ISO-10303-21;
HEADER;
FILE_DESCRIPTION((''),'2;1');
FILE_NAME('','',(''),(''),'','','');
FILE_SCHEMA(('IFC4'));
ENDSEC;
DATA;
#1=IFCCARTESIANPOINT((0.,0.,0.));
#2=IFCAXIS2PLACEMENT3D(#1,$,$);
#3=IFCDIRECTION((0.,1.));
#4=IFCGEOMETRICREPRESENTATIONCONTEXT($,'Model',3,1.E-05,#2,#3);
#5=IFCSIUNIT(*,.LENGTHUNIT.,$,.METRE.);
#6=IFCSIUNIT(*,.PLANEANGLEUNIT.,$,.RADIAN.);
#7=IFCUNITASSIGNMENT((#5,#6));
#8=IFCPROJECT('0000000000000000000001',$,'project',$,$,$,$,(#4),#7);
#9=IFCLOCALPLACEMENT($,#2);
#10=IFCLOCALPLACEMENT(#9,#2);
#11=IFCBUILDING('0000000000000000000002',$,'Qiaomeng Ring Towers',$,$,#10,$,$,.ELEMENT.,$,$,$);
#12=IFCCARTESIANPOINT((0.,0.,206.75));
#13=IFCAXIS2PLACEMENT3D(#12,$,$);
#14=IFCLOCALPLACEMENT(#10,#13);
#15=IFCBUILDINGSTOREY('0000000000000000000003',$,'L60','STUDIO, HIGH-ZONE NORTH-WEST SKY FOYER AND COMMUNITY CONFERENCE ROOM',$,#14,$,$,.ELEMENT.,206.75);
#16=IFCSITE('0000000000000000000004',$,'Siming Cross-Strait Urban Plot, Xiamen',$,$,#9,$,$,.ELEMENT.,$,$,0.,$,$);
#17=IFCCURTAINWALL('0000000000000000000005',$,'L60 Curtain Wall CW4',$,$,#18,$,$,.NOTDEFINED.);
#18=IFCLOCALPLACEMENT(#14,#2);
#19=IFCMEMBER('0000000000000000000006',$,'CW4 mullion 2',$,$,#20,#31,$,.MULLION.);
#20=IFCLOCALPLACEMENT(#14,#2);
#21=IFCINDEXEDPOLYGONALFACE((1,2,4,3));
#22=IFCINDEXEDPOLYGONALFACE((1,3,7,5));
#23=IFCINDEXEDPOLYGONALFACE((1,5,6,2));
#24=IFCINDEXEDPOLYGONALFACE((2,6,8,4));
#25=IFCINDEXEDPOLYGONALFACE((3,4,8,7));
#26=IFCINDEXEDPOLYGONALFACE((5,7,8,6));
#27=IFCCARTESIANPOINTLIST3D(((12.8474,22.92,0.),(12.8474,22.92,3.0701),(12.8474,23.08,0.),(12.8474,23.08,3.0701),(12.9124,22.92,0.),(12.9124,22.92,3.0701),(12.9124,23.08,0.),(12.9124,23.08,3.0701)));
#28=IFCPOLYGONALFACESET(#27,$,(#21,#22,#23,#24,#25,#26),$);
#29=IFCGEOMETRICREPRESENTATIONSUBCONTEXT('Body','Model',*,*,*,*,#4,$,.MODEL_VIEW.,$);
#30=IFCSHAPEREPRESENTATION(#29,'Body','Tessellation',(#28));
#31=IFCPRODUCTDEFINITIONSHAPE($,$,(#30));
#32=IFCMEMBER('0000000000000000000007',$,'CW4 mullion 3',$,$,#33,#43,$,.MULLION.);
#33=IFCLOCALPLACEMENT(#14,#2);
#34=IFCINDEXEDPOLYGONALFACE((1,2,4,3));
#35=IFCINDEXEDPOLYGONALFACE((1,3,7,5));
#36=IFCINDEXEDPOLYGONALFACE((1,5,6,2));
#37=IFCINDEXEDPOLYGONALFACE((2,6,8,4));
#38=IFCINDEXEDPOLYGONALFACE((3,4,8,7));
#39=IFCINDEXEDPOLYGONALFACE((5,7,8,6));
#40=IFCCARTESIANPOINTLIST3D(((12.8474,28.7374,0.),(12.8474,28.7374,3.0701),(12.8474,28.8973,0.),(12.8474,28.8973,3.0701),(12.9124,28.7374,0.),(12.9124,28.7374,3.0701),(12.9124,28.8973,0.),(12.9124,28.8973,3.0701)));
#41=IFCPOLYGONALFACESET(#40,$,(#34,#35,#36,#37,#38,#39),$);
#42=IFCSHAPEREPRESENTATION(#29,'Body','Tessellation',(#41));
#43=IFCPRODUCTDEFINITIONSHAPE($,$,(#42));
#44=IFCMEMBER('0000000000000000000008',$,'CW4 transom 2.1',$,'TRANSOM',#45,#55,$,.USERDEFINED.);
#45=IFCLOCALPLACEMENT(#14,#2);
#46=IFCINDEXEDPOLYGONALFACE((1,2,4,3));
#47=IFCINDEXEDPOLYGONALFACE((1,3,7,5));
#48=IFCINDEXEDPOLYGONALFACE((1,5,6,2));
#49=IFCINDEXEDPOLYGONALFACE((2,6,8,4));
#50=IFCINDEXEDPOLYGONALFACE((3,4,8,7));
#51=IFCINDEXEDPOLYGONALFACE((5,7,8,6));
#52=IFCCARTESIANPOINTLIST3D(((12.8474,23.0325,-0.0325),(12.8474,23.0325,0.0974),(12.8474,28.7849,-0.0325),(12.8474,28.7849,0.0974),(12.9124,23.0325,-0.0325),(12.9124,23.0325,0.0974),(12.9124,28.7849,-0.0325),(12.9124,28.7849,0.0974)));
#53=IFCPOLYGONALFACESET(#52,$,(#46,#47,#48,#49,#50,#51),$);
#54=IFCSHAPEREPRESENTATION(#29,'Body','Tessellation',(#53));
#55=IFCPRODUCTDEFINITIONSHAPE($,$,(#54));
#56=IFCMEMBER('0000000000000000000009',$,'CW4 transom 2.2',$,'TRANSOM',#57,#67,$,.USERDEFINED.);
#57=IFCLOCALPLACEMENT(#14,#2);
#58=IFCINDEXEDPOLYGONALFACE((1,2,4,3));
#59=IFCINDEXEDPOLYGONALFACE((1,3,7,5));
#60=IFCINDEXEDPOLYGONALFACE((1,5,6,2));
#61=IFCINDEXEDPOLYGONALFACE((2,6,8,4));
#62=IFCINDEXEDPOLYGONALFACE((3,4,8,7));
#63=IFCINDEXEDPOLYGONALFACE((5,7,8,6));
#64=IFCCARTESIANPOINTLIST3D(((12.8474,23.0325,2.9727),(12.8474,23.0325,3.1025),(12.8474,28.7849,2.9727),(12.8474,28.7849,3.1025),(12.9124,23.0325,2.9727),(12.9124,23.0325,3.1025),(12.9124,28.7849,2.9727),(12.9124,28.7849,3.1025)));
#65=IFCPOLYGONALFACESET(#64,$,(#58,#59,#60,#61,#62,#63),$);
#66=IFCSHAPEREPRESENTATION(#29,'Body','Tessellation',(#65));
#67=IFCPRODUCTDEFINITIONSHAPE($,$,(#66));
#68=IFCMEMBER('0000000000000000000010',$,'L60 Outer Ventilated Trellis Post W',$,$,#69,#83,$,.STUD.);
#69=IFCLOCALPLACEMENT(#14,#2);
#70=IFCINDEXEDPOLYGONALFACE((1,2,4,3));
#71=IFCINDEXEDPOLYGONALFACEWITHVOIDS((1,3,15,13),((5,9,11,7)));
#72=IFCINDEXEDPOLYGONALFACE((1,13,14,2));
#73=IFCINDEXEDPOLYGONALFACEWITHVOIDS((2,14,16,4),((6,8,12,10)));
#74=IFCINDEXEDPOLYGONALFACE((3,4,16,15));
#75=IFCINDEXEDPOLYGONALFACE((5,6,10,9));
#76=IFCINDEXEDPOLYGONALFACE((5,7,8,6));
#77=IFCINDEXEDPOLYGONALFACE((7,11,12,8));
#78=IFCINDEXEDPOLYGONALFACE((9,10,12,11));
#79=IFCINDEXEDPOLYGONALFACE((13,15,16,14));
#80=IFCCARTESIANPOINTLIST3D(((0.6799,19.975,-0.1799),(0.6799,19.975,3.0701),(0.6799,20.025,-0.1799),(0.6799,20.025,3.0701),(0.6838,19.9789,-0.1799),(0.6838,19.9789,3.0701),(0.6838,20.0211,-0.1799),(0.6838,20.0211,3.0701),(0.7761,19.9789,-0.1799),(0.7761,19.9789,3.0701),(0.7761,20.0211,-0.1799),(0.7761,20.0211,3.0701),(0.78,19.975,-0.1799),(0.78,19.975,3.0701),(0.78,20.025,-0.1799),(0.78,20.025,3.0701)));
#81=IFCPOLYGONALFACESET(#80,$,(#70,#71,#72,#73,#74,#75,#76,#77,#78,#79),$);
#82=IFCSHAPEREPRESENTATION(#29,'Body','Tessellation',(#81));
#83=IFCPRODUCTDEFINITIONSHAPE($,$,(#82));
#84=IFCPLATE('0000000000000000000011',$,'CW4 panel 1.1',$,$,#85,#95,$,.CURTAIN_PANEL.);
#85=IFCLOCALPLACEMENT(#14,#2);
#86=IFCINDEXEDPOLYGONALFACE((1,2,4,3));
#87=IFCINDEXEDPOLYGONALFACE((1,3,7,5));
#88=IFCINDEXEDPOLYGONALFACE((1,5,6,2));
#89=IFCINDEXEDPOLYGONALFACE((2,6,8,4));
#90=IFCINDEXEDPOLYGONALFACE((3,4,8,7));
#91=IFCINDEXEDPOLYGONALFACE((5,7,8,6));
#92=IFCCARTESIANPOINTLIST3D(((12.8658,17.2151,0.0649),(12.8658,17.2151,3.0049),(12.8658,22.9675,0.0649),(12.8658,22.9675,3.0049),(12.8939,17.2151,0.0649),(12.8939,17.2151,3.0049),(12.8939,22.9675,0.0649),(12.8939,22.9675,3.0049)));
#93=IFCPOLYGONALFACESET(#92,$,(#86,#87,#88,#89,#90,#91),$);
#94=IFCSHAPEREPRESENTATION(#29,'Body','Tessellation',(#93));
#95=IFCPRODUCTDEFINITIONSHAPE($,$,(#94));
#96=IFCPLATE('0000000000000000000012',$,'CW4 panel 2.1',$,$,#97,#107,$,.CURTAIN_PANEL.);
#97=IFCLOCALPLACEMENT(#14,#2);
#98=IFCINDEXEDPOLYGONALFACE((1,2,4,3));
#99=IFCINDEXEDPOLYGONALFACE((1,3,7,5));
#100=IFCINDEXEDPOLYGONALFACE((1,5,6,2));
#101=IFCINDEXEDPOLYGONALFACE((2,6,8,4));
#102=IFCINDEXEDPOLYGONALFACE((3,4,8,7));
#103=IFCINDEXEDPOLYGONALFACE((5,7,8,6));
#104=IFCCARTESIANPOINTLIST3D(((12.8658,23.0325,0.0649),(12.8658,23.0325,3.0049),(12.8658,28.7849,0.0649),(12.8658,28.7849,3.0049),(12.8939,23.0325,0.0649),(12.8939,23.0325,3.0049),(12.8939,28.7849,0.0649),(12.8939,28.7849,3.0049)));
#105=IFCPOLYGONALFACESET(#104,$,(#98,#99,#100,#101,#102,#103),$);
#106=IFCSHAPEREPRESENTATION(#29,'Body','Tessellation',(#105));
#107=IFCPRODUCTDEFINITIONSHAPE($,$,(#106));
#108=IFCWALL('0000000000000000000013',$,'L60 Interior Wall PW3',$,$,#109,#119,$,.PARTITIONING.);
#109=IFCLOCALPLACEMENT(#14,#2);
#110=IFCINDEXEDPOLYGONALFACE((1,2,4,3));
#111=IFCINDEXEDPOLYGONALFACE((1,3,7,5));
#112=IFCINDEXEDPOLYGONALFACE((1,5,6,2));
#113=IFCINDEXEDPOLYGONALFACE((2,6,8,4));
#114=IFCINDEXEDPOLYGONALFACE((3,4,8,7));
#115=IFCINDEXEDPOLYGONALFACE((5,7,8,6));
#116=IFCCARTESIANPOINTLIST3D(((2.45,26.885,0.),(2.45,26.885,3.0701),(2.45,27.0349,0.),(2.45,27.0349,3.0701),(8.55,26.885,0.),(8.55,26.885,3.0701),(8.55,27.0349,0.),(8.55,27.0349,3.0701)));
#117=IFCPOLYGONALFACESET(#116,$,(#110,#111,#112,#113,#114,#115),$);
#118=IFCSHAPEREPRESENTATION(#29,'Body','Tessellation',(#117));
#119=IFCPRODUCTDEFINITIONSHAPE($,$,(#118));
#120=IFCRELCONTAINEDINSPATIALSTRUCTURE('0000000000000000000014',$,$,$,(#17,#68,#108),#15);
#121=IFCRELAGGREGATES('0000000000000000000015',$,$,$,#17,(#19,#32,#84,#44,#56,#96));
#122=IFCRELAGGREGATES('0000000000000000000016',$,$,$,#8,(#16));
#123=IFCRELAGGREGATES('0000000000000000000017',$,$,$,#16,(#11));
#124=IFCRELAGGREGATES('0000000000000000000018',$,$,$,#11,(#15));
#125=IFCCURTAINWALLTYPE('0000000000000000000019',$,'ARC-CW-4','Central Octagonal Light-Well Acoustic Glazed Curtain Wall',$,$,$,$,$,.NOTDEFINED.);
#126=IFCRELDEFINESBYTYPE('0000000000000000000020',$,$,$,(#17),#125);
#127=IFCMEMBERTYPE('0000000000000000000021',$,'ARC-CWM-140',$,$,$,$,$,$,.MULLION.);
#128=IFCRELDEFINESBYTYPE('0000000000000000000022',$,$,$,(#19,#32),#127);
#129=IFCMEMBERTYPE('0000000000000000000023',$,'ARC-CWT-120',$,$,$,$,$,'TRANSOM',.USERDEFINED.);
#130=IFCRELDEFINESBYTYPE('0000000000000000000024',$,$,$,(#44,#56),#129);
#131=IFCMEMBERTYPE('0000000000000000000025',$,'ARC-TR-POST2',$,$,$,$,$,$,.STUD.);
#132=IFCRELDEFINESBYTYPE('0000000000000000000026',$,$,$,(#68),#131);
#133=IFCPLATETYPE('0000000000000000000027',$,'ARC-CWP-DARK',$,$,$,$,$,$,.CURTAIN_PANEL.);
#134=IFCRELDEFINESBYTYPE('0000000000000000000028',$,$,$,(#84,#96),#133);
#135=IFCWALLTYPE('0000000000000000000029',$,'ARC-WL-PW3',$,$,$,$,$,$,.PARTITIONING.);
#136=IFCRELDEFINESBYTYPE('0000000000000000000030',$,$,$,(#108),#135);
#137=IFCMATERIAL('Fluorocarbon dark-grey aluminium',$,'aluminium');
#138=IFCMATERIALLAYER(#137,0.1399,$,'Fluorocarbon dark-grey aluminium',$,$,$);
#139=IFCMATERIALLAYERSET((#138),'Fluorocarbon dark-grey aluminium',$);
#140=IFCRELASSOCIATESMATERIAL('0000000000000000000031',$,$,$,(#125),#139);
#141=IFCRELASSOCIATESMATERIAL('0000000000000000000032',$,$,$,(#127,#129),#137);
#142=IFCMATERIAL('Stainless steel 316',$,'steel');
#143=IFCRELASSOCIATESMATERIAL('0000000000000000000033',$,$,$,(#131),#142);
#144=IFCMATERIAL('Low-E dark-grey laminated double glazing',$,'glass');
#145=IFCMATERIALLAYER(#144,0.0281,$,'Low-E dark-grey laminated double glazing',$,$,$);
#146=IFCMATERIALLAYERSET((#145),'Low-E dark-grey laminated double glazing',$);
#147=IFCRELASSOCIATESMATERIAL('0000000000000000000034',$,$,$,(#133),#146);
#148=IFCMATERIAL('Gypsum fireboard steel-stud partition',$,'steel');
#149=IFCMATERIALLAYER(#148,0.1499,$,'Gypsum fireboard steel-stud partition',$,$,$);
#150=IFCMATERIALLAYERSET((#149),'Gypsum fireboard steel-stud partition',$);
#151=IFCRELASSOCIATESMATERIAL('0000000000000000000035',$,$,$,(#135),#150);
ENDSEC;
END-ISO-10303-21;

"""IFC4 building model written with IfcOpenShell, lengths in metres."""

from ifc_helpers import new_model, si_unit, direction, frame, frame_2d, origin, origin_2d, place, context, subcontext, project, spatial, rectangle, hollow_rectangle, extrude, source, transform, mapped, material, layer, layer_set, material_profile, profile_set, type_object, element, aggregate, save


model = new_model("IFC4")

# Units and contexts
model_context = context("Model", 3, precision=1e-05, world=origin(), true_north=direction((0.0, 1.0)))
body_context = subcontext(model_context, "Body", "Model", "MODEL_VIEW")
ifc_project = project(units=[si_unit("LENGTHUNIT", "METRE"), si_unit("PLANEANGLEUNIT", "RADIAN")], contexts=[model_context])

# Site, building, storey
site_placement = place(None, origin())
site = spatial("IfcSite", under=ifc_project, at=site_placement, Name="Siming Cross-Strait Urban Plot, Xiamen", CompositionType="ELEMENT", RefElevation=0.0)
building_placement = place(site_placement, origin())
building = spatial("IfcBuilding", under=site, at=building_placement, Name="Qiaomeng Ring Towers", CompositionType="ELEMENT")
storey_placement = place(building_placement, frame((0.0, 0.0, 206.75)))
storey = spatial("IfcBuildingStorey", under=building, at=storey_placement, Name="L60", Description="STUDIO, HIGH-ZONE NORTH-WEST SKY FOYER AND COMMUNITY CONFERENCE ROOM", CompositionType="ELEMENT", Elevation=206.75)

# Curtain wall, members
ifc_material_1 = material(Name="Fluorocarbon dark-grey aluminium", Category="aluminium")
ifc_layer_1 = layer(ifc_material_1, 0.1399, Name="Fluorocarbon dark-grey aluminium")
ifc_layer_set_1 = layer_set([ifc_layer_1], Name="Fluorocarbon dark-grey aluminium")
curtain_wall_type = type_object("IfcCurtainWallType", Name="ARC-CW-4", Description="Central Octagonal Light-Well Acoustic Glazed Curtain Wall", PredefinedType="NOTDEFINED", material=ifc_layer_set_1)
curtain_wall_placement = place(storey_placement, origin())
curtain_wall = element("IfcCurtainWall", 1, at=curtain_wall_placement, inside=storey, type_object=curtain_wall_type, Name="L60 Curtain Wall CW4", PredefinedType="NOTDEFINED")
ifc_material_profile_1 = material_profile(ifc_material_1, rectangle(XDim=0.0649, YDim=0.1599, at=origin_2d()), Name="ALU MULL 65x160")
ifc_profile_set_1 = profile_set([ifc_material_profile_1], Name="Fluorocarbon dark-grey aluminium")
member_type_1 = type_object("IfcMemberType", Name="ARC-CWM-140", PredefinedType="MULLION", material=ifc_profile_set_1)
shared_shape_1 = source(origin(), body_context, "Body", "SweptSolid", [
    extrude(rectangle(XDim=0.0649, YDim=0.1599, at=origin_2d()), origin(), (0.0, 0.0, 1.0), 3.0701),
])
member_1_placement = place(storey_placement, frame((12.8799, 23.0, 0.0), z_axis=(0.0, 0.0, 1.0), x_axis=(-1.0, 0.0, 0.0)))
member_1 = element("IfcMember", 2, at=member_1_placement, type_object=member_type_1, Name="CW4 mullion 2", PredefinedType="MULLION", context=body_context, shape_type="MappedRepresentation", body=[
    mapped(shared_shape_1, transform((0.0, 0.0, 0.0), x_axis=(1.0, 0.0, 0.0), y_axis=(0.0, 1.0, 0.0), z_axis=(0.0, 0.0, 1.0), scale=1.0)),
])
member_2_placement = place(storey_placement, frame((12.8799, 28.8174, 0.0), z_axis=(0.0, 0.0, 1.0), x_axis=(-1.0, 0.0, 0.0)))
member_2 = element("IfcMember", 3, at=member_2_placement, type_object=member_type_1, Name="CW4 mullion 3", PredefinedType="MULLION", context=body_context, shape_type="MappedRepresentation", body=[
    mapped(shared_shape_1, transform((0.0, 0.0, 0.0), x_axis=(1.0, 0.0, 0.0), y_axis=(0.0, 1.0, 0.0), z_axis=(0.0, 0.0, 1.0), scale=1.0)),
])
ifc_material_profile_2 = material_profile(ifc_material_1, rectangle(XDim=0.0649, YDim=0.1299, at=origin_2d()), Name="ALU TRAN 65x130")
ifc_profile_set_2 = profile_set([ifc_material_profile_2], Name="Fluorocarbon dark-grey aluminium")
member_type_2 = type_object("IfcMemberType", Name="ARC-CWT-120", ElementType="TRANSOM", PredefinedType="USERDEFINED", material=ifc_profile_set_2)
shared_shape_2 = source(origin(), body_context, "Body", "SweptSolid", [
    extrude(rectangle(XDim=0.0649, YDim=0.1299, at=origin_2d()), origin(), (0.0, 0.0, 1.0), 5.7524),
])
member_3_placement = place(storey_placement, frame((12.8799, 23.0325, 0.0325), z_axis=(0.0, 1.0, 0.0), x_axis=(-1.0, 0.0, 0.0)))
member_3 = element("IfcMember", 4, at=member_3_placement, type_object=member_type_2, Name="CW4 transom 2.1", ObjectType="TRANSOM", PredefinedType="USERDEFINED", context=body_context, shape_type="MappedRepresentation", body=[
    mapped(shared_shape_2, transform((0.0, 0.0, 0.0), x_axis=(1.0, 0.0, 0.0), y_axis=(0.0, 1.0, 0.0), z_axis=(0.0, 0.0, 1.0), scale=1.0)),
])
member_4_placement = place(storey_placement, frame((12.8799, 23.0325, 3.0376), z_axis=(0.0, 1.0, 0.0), x_axis=(-1.0, 0.0, 0.0)))
member_4 = element("IfcMember", 5, at=member_4_placement, type_object=member_type_2, Name="CW4 transom 2.2", ObjectType="TRANSOM", PredefinedType="USERDEFINED", context=body_context, shape_type="MappedRepresentation", body=[
    mapped(shared_shape_2, transform((0.0, 0.0, 0.0), x_axis=(1.0, 0.0, 0.0), y_axis=(0.0, 1.0, 0.0), z_axis=(0.0, 0.0, 1.0), scale=1.0)),
])

# Member
ifc_material_2 = material(Name="Stainless steel 316", Category="steel")
ifc_material_profile_3 = material_profile(ifc_material_2, hollow_rectangle(XDim=0.05, YDim=0.1001, WallThickness=0.0039, at=origin_2d()), Name="SS TRELLIS 100x50")
ifc_profile_set_3 = profile_set([ifc_material_profile_3], Name="Stainless steel 316")
member_type_3 = type_object("IfcMemberType", Name="ARC-TR-POST2", PredefinedType="STUD", material=ifc_profile_set_3)
shared_shape_3 = source(origin(), body_context, "Body", "SweptSolid", [
    extrude(hollow_rectangle(XDim=0.05, YDim=0.1001, WallThickness=0.0039, at=origin_2d()), origin(), (0.0, 0.0, 1.0), 3.25),
])
member_5_placement = place(storey_placement, frame((0.73, 20.0, -0.1799), z_axis=(0.0, 0.0, 1.0), x_axis=(0.0, 1.0, 0.0)))
element("IfcMember", 6, at=member_5_placement, inside=storey, type_object=member_type_3, Name="L60 Outer Ventilated Trellis Post W", PredefinedType="STUD", context=body_context, shape_type="MappedRepresentation", body=[
    mapped(shared_shape_3, transform((0.0, 0.0, 0.0), x_axis=(1.0, 0.0, 0.0), y_axis=(0.0, 1.0, 0.0), z_axis=(0.0, 0.0, 1.0), scale=1.0)),
])

# Plates
ifc_material_3 = material(Name="Low-E dark-grey laminated double glazing", Category="glass")
ifc_layer_2 = layer(ifc_material_3, 0.0281, Name="Low-E dark-grey laminated double glazing")
ifc_layer_set_2 = layer_set([ifc_layer_2], Name="Low-E dark-grey laminated double glazing")
plate_type = type_object("IfcPlateType", Name="ARC-CWP-DARK", PredefinedType="CURTAIN_PANEL", material=ifc_layer_set_2)
shared_shape_4 = source(origin(), body_context, "Body", "SweptSolid", [
    extrude(rectangle(XDim=5.7524, YDim=0.0281, at=origin_2d()), origin(), (0.0, 0.0, 1.0), 2.9399),
])
plate_1_placement = place(storey_placement, frame((12.8799, 20.0913, 0.0649), z_axis=(0.0, 0.0, 1.0), x_axis=(0.0, 1.0, 0.0)))
plate_1 = element("IfcPlate", 7, at=plate_1_placement, type_object=plate_type, Name="CW4 panel 1.1", PredefinedType="CURTAIN_PANEL", context=body_context, shape_type="MappedRepresentation", body=[
    mapped(shared_shape_4, transform((0.0, 0.0, 0.0), x_axis=(1.0, 0.0, 0.0), y_axis=(0.0, 1.0, 0.0), z_axis=(0.0, 0.0, 1.0), scale=1.0)),
])
plate_2_placement = place(storey_placement, frame((12.8799, 25.9087, 0.0649), z_axis=(0.0, 0.0, 1.0), x_axis=(0.0, 1.0, 0.0)))
plate_2 = element("IfcPlate", 8, at=plate_2_placement, type_object=plate_type, Name="CW4 panel 2.1", PredefinedType="CURTAIN_PANEL", context=body_context, shape_type="MappedRepresentation", body=[
    mapped(shared_shape_4, transform((0.0, 0.0, 0.0), x_axis=(1.0, 0.0, 0.0), y_axis=(0.0, 1.0, 0.0), z_axis=(0.0, 0.0, 1.0), scale=1.0)),
])
aggregate(curtain_wall, [member_1, member_2, plate_1, member_3, member_4, plate_2])

# Wall
ifc_material_4 = material(Name="Gypsum fireboard steel-stud partition", Category="steel")
ifc_layer_3 = layer(ifc_material_4, 0.1499, Name="Gypsum fireboard steel-stud partition")
ifc_layer_set_3 = layer_set([ifc_layer_3], Name="Gypsum fireboard steel-stud partition")
wall_type_1 = type_object("IfcWallType", Name="ARC-WL-PW3", PredefinedType="PARTITIONING", material=ifc_layer_set_3)
wall_1_placement = place(storey_placement, frame((2.45, 26.96, 0.0), z_axis=(0.0, 0.0, 1.0), x_axis=(1.0, 0.0, 0.0)))
element("IfcWall", 9, at=wall_1_placement, inside=storey, type_object=wall_type_1, Name="L60 Interior Wall PW3", PredefinedType="PARTITIONING", context=body_context, shape_type="SweptSolid", body=[
    extrude(rectangle(XDim=6.1001, YDim=0.1499, at=frame_2d((3.05, 0.0))), origin(), (0.0, 0.0, 1.0), 3.0701),
])

save(model, "model.ifc")
